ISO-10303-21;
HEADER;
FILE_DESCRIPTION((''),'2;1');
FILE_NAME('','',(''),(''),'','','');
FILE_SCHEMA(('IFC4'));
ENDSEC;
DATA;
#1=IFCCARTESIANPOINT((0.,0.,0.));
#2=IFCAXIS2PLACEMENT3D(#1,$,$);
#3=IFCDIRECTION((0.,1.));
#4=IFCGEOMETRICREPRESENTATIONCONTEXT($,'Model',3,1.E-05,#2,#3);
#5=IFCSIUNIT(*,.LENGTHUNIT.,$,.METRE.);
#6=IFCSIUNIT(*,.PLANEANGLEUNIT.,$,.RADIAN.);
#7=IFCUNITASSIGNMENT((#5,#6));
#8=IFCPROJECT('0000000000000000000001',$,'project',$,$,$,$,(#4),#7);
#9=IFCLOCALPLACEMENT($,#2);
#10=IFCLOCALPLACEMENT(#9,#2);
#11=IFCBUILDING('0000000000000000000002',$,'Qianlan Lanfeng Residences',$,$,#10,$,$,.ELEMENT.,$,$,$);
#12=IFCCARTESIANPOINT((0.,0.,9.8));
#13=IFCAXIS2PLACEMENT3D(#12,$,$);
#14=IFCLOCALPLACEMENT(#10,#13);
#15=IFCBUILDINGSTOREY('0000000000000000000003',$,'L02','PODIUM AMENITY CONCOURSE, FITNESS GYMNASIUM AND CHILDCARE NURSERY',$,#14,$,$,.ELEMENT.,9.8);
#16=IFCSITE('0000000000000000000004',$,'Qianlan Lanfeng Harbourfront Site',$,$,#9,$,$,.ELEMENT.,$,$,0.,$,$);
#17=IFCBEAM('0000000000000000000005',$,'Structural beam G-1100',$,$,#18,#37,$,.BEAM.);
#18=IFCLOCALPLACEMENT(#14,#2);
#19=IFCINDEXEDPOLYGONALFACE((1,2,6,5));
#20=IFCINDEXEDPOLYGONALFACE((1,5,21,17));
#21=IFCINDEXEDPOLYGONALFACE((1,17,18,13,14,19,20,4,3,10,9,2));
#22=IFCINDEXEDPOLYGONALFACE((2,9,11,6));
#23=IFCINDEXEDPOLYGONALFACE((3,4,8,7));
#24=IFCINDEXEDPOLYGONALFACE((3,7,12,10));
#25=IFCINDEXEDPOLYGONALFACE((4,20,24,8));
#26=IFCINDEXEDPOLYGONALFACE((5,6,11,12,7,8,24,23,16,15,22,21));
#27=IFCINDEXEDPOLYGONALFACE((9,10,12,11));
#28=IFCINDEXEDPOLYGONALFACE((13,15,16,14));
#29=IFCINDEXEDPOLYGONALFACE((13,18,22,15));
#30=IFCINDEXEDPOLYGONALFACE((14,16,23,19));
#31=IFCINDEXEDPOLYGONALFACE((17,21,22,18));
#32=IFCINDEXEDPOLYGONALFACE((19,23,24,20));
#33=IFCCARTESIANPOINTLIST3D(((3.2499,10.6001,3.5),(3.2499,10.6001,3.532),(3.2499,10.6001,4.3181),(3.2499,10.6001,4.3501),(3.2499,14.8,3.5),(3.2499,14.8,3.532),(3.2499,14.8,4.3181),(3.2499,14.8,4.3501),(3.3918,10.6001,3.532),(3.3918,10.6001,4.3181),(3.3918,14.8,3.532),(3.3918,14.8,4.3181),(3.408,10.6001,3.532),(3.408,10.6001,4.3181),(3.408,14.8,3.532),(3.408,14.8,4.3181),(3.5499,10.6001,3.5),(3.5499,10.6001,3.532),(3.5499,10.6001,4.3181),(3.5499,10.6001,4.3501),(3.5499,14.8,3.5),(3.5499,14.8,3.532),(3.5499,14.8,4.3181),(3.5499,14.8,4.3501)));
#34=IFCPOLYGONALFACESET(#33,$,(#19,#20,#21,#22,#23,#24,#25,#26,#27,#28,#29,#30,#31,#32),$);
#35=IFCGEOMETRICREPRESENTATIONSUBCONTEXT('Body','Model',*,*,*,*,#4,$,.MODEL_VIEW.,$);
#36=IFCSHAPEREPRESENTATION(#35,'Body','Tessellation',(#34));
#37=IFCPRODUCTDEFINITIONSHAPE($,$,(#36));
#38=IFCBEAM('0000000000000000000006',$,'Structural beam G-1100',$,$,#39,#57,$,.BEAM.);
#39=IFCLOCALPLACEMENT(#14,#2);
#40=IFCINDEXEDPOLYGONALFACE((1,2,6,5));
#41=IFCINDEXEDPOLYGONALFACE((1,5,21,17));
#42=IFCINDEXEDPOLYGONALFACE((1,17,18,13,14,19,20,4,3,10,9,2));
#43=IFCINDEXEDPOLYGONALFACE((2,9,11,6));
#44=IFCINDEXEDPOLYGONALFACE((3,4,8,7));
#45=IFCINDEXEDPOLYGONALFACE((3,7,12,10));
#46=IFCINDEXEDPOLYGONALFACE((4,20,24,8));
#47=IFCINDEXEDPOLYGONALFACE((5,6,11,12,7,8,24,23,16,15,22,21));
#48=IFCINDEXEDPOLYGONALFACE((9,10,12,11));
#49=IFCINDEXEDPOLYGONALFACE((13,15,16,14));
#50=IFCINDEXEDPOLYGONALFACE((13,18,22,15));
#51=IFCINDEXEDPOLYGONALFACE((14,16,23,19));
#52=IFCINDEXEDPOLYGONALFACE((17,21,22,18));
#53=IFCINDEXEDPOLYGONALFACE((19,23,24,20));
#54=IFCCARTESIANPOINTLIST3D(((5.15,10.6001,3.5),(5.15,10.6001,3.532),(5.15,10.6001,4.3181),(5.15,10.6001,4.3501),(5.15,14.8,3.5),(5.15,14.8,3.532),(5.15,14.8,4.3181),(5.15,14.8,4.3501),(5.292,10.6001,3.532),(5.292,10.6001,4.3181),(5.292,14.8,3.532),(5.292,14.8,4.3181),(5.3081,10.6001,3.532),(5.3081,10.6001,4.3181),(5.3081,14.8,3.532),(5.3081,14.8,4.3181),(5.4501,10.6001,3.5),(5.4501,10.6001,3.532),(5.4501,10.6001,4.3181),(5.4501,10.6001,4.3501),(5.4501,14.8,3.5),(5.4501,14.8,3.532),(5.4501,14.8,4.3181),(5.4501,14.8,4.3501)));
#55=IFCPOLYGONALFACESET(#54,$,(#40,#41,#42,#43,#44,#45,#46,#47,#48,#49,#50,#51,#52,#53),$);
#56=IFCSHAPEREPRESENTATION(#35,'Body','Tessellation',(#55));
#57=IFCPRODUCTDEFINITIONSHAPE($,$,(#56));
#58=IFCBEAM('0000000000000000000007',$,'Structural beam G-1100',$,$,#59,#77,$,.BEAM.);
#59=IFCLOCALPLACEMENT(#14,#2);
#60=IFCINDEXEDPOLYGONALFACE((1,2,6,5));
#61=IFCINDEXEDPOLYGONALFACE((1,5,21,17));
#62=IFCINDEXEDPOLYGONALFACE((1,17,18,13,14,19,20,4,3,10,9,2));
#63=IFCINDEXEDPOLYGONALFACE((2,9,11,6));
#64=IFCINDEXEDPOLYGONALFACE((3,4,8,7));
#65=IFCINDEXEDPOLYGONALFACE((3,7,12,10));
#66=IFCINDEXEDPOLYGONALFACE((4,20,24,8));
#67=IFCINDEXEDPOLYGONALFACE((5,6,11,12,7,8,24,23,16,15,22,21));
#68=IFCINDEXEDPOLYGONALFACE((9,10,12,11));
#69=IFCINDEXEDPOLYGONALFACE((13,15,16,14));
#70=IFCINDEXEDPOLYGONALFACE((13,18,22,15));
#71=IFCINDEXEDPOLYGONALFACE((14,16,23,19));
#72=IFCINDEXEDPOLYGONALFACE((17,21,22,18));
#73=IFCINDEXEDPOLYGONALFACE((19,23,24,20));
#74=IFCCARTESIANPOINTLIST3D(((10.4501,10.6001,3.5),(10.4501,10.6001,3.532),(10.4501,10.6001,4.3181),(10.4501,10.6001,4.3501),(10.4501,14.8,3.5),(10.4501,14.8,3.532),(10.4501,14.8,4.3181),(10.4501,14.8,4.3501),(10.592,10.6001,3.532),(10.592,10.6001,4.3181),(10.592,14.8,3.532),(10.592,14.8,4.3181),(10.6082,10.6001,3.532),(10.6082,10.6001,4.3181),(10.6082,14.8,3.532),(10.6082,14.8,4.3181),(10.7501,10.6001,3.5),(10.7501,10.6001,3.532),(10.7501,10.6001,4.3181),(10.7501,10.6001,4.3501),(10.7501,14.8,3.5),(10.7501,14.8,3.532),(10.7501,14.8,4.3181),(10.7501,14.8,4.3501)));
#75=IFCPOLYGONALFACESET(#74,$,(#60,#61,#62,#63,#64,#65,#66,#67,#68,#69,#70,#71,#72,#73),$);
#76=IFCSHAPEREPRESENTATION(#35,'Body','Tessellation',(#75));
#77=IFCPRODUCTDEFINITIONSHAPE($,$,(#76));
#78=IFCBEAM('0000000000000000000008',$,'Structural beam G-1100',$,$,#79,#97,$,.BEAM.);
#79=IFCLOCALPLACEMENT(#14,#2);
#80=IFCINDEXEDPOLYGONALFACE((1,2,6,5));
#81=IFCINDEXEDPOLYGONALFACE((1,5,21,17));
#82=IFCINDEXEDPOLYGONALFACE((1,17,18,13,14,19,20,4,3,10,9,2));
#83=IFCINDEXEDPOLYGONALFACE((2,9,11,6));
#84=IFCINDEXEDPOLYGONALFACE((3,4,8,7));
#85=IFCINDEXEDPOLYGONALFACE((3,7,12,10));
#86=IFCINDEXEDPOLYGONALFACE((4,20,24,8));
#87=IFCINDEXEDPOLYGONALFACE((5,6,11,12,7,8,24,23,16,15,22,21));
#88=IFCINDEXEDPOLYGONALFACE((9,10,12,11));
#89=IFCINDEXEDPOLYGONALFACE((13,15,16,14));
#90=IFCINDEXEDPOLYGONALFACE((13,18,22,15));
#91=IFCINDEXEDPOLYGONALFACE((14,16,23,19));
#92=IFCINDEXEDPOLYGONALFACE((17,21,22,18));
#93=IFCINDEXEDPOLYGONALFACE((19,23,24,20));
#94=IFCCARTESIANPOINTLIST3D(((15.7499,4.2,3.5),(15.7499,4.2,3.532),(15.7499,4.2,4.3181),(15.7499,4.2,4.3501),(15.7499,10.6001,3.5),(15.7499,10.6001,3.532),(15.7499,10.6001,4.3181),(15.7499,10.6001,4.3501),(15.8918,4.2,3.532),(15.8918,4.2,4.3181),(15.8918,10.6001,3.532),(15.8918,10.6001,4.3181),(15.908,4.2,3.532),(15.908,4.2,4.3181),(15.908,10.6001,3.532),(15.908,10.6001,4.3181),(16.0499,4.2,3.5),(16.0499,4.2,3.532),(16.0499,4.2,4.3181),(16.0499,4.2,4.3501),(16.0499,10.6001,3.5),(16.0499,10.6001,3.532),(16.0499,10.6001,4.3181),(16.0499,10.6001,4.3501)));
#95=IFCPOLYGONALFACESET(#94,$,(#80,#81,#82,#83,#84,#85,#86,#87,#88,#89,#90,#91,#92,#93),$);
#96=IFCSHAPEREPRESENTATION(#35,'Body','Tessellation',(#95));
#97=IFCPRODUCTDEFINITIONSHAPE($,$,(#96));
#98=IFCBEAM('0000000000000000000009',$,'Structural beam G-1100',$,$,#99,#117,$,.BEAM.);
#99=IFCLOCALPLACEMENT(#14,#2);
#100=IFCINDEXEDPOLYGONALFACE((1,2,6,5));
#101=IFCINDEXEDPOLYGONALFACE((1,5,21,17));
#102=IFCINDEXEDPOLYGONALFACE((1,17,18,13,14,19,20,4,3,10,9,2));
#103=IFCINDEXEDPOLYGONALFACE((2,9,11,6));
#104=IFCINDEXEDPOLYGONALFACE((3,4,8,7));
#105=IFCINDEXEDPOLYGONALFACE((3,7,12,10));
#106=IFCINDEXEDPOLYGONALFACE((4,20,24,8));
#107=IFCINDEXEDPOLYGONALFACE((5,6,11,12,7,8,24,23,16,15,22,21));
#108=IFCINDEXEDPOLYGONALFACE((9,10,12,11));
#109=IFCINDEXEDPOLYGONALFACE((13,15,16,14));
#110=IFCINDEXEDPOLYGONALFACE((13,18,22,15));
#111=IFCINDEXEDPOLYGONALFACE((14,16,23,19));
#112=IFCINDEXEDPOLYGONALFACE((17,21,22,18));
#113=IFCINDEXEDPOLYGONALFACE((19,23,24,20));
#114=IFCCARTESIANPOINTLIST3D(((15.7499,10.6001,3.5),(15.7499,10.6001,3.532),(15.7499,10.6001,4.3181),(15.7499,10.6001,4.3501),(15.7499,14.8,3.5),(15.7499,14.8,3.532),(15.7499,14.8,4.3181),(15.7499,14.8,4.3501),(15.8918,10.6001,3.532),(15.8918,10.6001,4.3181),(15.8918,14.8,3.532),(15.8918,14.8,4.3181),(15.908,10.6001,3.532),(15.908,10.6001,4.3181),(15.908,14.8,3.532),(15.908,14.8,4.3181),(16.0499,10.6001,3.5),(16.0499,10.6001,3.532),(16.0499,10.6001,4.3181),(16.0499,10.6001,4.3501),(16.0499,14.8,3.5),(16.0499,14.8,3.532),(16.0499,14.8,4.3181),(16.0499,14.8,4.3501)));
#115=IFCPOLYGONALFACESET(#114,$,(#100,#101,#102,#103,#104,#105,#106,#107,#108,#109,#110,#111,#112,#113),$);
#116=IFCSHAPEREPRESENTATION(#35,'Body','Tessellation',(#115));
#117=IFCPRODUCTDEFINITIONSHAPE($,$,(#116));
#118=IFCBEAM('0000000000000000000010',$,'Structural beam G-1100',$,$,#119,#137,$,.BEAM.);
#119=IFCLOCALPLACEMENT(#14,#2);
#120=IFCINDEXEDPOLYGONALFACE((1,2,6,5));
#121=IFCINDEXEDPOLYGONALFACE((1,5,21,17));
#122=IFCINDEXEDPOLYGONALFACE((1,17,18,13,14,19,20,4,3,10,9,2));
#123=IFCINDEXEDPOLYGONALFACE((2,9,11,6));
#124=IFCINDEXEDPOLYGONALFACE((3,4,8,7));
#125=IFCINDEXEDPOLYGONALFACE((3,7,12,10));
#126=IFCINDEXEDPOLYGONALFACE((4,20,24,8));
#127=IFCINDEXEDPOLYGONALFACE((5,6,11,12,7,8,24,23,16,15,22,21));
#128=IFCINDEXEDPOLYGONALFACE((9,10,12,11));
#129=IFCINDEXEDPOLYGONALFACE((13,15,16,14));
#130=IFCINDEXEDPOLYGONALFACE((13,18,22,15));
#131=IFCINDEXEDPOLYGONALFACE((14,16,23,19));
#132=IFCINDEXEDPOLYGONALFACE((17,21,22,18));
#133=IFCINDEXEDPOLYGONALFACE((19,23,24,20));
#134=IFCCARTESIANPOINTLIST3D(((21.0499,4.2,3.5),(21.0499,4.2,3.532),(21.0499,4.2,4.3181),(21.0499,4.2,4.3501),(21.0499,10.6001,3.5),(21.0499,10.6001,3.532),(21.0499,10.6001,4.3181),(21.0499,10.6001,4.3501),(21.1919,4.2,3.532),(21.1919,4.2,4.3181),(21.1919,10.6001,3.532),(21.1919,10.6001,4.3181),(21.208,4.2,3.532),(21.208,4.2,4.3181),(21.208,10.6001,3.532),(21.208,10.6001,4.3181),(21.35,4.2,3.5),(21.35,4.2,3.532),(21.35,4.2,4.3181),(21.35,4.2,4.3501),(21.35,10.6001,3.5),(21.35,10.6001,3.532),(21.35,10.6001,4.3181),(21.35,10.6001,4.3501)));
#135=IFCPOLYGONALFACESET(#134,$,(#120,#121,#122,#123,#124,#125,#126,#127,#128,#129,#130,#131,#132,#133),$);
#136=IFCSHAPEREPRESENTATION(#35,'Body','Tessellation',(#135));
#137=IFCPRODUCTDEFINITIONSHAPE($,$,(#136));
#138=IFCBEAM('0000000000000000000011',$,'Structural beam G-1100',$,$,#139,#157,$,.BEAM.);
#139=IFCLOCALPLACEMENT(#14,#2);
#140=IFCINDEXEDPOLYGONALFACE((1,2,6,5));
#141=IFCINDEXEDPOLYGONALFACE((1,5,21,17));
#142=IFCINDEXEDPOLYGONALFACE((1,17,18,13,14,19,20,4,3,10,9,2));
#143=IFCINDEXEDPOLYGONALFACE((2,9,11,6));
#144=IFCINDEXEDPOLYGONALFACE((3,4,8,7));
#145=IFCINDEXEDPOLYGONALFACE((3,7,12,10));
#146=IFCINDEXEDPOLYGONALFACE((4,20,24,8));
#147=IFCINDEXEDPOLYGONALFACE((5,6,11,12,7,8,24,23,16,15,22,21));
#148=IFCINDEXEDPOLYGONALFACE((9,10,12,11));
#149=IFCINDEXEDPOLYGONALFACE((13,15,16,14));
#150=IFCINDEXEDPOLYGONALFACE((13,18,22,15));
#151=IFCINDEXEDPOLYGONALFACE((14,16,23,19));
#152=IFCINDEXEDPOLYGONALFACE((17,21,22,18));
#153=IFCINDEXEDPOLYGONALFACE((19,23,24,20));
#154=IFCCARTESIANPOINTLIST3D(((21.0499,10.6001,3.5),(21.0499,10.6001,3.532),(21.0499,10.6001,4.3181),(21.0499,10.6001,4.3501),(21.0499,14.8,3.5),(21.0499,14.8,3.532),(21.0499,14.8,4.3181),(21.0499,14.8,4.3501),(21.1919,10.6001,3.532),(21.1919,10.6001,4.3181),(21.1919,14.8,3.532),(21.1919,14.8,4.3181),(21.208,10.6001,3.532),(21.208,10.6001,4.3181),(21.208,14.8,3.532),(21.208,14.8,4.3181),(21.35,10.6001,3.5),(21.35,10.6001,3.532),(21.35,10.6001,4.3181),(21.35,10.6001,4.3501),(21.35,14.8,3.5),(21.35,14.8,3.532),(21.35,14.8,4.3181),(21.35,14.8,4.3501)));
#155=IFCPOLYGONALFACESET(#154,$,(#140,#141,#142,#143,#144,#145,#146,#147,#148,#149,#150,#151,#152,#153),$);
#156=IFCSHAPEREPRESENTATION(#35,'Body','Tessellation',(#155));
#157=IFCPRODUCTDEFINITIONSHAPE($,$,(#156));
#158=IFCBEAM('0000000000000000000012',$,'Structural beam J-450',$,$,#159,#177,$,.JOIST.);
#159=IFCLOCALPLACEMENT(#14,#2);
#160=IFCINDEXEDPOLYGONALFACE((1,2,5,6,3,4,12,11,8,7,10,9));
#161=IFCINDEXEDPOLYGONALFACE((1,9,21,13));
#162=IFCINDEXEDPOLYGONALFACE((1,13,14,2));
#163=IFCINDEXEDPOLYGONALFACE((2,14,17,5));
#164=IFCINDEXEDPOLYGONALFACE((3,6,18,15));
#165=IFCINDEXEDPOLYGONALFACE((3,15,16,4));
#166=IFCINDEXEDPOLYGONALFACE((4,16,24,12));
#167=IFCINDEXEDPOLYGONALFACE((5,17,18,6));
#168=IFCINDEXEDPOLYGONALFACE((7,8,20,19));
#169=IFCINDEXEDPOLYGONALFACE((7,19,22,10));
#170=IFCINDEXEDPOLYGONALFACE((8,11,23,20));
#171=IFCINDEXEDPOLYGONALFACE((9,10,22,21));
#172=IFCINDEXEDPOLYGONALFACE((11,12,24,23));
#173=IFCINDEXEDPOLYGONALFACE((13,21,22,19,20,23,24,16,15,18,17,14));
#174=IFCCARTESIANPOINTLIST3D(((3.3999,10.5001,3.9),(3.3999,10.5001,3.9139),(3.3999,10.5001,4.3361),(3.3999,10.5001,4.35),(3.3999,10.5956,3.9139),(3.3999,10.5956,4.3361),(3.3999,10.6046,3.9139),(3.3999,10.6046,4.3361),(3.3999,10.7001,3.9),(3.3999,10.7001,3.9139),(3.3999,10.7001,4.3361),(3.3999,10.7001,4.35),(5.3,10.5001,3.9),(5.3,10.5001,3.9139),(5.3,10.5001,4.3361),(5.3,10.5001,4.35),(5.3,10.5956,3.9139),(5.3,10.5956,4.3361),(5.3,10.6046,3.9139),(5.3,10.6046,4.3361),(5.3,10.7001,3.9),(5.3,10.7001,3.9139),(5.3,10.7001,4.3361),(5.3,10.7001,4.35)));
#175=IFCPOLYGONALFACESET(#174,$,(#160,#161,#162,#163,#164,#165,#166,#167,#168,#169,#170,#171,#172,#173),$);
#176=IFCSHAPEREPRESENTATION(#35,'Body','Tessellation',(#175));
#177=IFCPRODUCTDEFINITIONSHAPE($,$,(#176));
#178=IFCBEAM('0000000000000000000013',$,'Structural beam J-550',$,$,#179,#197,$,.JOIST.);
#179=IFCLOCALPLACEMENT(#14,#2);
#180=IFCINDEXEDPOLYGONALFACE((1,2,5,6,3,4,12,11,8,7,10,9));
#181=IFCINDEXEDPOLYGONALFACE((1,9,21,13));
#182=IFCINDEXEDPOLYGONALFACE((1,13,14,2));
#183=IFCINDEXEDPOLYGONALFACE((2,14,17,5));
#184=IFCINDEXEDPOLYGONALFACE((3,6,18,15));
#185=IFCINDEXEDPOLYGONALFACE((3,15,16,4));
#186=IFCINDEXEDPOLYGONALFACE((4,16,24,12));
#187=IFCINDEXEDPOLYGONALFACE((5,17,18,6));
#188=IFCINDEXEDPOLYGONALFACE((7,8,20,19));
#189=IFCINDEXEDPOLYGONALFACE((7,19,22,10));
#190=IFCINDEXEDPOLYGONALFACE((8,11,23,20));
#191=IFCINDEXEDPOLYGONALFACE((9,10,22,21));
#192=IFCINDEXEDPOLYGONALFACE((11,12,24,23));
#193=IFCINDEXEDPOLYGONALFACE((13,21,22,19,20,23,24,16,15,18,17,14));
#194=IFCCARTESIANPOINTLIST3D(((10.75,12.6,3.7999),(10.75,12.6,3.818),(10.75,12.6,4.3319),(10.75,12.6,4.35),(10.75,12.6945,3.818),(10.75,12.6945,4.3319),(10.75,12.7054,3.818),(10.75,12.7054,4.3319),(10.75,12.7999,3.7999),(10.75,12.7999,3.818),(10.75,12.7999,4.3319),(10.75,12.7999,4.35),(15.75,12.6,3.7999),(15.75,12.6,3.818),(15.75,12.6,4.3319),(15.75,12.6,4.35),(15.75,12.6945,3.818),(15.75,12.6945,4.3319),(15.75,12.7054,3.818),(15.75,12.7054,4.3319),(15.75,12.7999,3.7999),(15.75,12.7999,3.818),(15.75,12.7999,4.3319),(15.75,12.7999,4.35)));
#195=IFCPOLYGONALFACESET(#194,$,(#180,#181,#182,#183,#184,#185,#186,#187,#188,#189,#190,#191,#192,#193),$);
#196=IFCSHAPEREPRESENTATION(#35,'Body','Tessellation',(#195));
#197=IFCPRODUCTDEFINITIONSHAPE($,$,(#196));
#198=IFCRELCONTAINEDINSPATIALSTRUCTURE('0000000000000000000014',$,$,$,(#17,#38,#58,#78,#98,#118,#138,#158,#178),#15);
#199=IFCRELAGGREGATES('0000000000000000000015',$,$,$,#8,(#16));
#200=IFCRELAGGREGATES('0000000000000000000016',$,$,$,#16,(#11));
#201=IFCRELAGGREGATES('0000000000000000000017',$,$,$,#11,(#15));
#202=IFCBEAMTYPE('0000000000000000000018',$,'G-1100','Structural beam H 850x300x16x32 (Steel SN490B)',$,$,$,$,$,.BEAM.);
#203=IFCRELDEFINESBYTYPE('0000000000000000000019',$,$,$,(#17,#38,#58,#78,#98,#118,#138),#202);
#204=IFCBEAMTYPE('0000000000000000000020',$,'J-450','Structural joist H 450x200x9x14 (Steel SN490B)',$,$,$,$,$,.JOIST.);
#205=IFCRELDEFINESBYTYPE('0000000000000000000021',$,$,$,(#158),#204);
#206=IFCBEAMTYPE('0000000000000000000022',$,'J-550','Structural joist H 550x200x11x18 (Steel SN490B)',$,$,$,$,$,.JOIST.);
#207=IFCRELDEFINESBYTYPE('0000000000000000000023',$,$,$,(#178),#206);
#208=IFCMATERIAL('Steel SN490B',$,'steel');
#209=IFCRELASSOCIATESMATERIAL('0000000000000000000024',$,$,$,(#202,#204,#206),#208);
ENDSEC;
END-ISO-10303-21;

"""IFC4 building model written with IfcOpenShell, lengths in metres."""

from ifc_helpers import new_model, si_unit, direction, frame, origin, origin_2d, place, context, subcontext, project, spatial, i_section, extrude, material, material_profile, profile_set, type_object, element, save


model = new_model("IFC4")

# Units and contexts
model_context = context("Model", 3, precision=1e-05, world=origin(), true_north=direction((0.0, 1.0)))
body_context = subcontext(model_context, "Body", "Model", "MODEL_VIEW")
ifc_project = project(units=[si_unit("LENGTHUNIT", "METRE"), si_unit("PLANEANGLEUNIT", "RADIAN")], contexts=[model_context])

# Site, building, storey
site_placement = place(None, origin())
site = spatial("IfcSite", under=ifc_project, at=site_placement, Name="Qianlan Lanfeng Harbourfront Site", CompositionType="ELEMENT", RefElevation=0.0)
building_placement = place(site_placement, origin())
building = spatial("IfcBuilding", under=site, at=building_placement, Name="Qianlan Lanfeng Residences", CompositionType="ELEMENT")
storey_placement = place(building_placement, frame((0.0, 0.0, 9.8)))
storey = spatial("IfcBuildingStorey", under=building, at=storey_placement, Name="L02", Description="PODIUM AMENITY CONCOURSE, FITNESS GYMNASIUM AND CHILDCARE NURSERY", CompositionType="ELEMENT", Elevation=9.8)

# Beams
ifc_material_1 = material(Name="Steel SN490B", Category="steel")
ifc_material_profile_1 = material_profile(ifc_material_1, i_section(OverallWidth=0.3, OverallDepth=0.8501, WebThickness=0.0161, FlangeThickness=0.032, at=origin_2d()), Name="H 850x300x16x32")
ifc_profile_set_1 = profile_set([ifc_material_profile_1], Name="Steel SN490B")
beam_type_1 = type_object("IfcBeamType", Name="G-1100", Description="Structural beam H 850x300x16x32 (Steel SN490B)", PredefinedType="BEAM", material=ifc_profile_set_1)
for number, where, z_axis, x_axis, name in (
    (1, (3.3999, 10.6001, 3.925), (0.0, 1.0, 0.0), (-1.0, 0.0, 0.0), "Structural beam G-1100"),
    (2, (5.3, 10.6001, 3.925), (0.0, 1.0, 0.0), (-1.0, 0.0, 0.0), "Structural beam G-1100"),
    (3, (10.6001, 10.6001, 3.925), (0.0, 1.0, 0.0), (-1.0, 0.0, 0.0), "Structural beam G-1100"),
):
    element("IfcBeam", number, at=place(storey_placement, frame(where, z_axis=z_axis, x_axis=x_axis)), inside=storey, type_object=beam_type_1, Name=name, PredefinedType="BEAM", context=body_context, shape_type="SweptSolid", body=[
        extrude(i_section(OverallWidth=0.3, OverallDepth=0.8501, WebThickness=0.0161, FlangeThickness=0.032, at=origin_2d()), origin(), (0.0, 0.0, 1.0), 4.2),
    ])
beam_1_placement = place(storey_placement, frame((15.8999, 4.2, 3.925), z_axis=(0.0, 1.0, 0.0), x_axis=(-1.0, 0.0, 0.0)))
element("IfcBeam", 4, at=beam_1_placement, inside=storey, type_object=beam_type_1, Name="Structural beam G-1100", PredefinedType="BEAM", context=body_context, shape_type="SweptSolid", body=[
    extrude(i_section(OverallWidth=0.3, OverallDepth=0.8501, WebThickness=0.0161, FlangeThickness=0.032, at=origin_2d()), origin(), (0.0, 0.0, 1.0), 6.4001),
])
beam_2_placement = place(storey_placement, frame((15.8999, 10.6001, 3.925), z_axis=(0.0, 1.0, 0.0), x_axis=(-1.0, 0.0, 0.0)))
element("IfcBeam", 5, at=beam_2_placement, inside=storey, type_object=beam_type_1, Name="Structural beam G-1100", PredefinedType="BEAM", context=body_context, shape_type="SweptSolid", body=[
    extrude(i_section(OverallWidth=0.3, OverallDepth=0.8501, WebThickness=0.0161, FlangeThickness=0.032, at=origin_2d()), origin(), (0.0, 0.0, 1.0), 4.2),
])
beam_3_placement = place(storey_placement, frame((21.2, 4.2, 3.925), z_axis=(0.0, 1.0, 0.0), x_axis=(-1.0, 0.0, 0.0)))
element("IfcBeam", 6, at=beam_3_placement, inside=storey, type_object=beam_type_1, Name="Structural beam G-1100", PredefinedType="BEAM", context=body_context, shape_type="SweptSolid", body=[
    extrude(i_section(OverallWidth=0.3, OverallDepth=0.8501, WebThickness=0.0161, FlangeThickness=0.032, at=origin_2d()), origin(), (0.0, 0.0, 1.0), 6.4001),
])
beam_4_placement = place(storey_placement, frame((21.2, 10.6001, 3.925), z_axis=(0.0, 1.0, 0.0), x_axis=(-1.0, 0.0, 0.0)))
element("IfcBeam", 7, at=beam_4_placement, inside=storey, type_object=beam_type_1, Name="Structural beam G-1100", PredefinedType="BEAM", context=body_context, shape_type="SweptSolid", body=[
    extrude(i_section(OverallWidth=0.3, OverallDepth=0.8501, WebThickness=0.0161, FlangeThickness=0.032, at=origin_2d()), origin(), (0.0, 0.0, 1.0), 4.2),
])
ifc_material_profile_2 = material_profile(ifc_material_1, i_section(OverallWidth=0.2, OverallDepth=0.45, WebThickness=0.009, FlangeThickness=0.0139, at=origin_2d()), Name="H 450x200x9x14")
ifc_profile_set_2 = profile_set([ifc_material_profile_2], Name="Steel SN490B")
beam_type_2 = type_object("IfcBeamType", Name="J-450", Description="Structural joist H 450x200x9x14 (Steel SN490B)", PredefinedType="JOIST", material=ifc_profile_set_2)
beam_5_placement = place(storey_placement, frame((3.3999, 10.6001, 4.125), z_axis=(1.0, 0.0, 0.0), x_axis=(0.0, 1.0, 0.0)))
element("IfcBeam", 8, at=beam_5_placement, inside=storey, type_object=beam_type_2, Name="Structural beam J-450", PredefinedType="JOIST", context=body_context, shape_type="SweptSolid", body=[
    extrude(i_section(OverallWidth=0.2, OverallDepth=0.45, WebThickness=0.009, FlangeThickness=0.0139, at=origin_2d()), origin(), (0.0, 0.0, 1.0), 1.9001),
])
ifc_material_profile_3 = material_profile(ifc_material_1, i_section(OverallWidth=0.2, OverallDepth=0.55, WebThickness=0.011, FlangeThickness=0.0181, at=origin_2d()), Name="H 550x200x11x18")
ifc_profile_set_3 = profile_set([ifc_material_profile_3], Name="Steel SN490B")
beam_type_3 = type_object("IfcBeamType", Name="J-550", Description="Structural joist H 550x200x11x18 (Steel SN490B)", PredefinedType="JOIST", material=ifc_profile_set_3)
for number, where, z_axis, x_axis, name in (
    (9, (10.75, 12.7, 4.075), (1.0, 0.0, 0.0), (0.0, 1.0, 0.0), "Structural beam J-550"),
):
    element("IfcBeam", number, at=place(storey_placement, frame(where, z_axis=z_axis, x_axis=x_axis)), inside=storey, type_object=beam_type_3, Name=name, PredefinedType="JOIST", context=body_context, shape_type="SweptSolid", body=[
        extrude(i_section(OverallWidth=0.2, OverallDepth=0.55, WebThickness=0.011, FlangeThickness=0.0181, at=origin_2d()), origin(), (0.0, 0.0, 1.0), 5.0),
    ])

save(model, "model.ifc")
